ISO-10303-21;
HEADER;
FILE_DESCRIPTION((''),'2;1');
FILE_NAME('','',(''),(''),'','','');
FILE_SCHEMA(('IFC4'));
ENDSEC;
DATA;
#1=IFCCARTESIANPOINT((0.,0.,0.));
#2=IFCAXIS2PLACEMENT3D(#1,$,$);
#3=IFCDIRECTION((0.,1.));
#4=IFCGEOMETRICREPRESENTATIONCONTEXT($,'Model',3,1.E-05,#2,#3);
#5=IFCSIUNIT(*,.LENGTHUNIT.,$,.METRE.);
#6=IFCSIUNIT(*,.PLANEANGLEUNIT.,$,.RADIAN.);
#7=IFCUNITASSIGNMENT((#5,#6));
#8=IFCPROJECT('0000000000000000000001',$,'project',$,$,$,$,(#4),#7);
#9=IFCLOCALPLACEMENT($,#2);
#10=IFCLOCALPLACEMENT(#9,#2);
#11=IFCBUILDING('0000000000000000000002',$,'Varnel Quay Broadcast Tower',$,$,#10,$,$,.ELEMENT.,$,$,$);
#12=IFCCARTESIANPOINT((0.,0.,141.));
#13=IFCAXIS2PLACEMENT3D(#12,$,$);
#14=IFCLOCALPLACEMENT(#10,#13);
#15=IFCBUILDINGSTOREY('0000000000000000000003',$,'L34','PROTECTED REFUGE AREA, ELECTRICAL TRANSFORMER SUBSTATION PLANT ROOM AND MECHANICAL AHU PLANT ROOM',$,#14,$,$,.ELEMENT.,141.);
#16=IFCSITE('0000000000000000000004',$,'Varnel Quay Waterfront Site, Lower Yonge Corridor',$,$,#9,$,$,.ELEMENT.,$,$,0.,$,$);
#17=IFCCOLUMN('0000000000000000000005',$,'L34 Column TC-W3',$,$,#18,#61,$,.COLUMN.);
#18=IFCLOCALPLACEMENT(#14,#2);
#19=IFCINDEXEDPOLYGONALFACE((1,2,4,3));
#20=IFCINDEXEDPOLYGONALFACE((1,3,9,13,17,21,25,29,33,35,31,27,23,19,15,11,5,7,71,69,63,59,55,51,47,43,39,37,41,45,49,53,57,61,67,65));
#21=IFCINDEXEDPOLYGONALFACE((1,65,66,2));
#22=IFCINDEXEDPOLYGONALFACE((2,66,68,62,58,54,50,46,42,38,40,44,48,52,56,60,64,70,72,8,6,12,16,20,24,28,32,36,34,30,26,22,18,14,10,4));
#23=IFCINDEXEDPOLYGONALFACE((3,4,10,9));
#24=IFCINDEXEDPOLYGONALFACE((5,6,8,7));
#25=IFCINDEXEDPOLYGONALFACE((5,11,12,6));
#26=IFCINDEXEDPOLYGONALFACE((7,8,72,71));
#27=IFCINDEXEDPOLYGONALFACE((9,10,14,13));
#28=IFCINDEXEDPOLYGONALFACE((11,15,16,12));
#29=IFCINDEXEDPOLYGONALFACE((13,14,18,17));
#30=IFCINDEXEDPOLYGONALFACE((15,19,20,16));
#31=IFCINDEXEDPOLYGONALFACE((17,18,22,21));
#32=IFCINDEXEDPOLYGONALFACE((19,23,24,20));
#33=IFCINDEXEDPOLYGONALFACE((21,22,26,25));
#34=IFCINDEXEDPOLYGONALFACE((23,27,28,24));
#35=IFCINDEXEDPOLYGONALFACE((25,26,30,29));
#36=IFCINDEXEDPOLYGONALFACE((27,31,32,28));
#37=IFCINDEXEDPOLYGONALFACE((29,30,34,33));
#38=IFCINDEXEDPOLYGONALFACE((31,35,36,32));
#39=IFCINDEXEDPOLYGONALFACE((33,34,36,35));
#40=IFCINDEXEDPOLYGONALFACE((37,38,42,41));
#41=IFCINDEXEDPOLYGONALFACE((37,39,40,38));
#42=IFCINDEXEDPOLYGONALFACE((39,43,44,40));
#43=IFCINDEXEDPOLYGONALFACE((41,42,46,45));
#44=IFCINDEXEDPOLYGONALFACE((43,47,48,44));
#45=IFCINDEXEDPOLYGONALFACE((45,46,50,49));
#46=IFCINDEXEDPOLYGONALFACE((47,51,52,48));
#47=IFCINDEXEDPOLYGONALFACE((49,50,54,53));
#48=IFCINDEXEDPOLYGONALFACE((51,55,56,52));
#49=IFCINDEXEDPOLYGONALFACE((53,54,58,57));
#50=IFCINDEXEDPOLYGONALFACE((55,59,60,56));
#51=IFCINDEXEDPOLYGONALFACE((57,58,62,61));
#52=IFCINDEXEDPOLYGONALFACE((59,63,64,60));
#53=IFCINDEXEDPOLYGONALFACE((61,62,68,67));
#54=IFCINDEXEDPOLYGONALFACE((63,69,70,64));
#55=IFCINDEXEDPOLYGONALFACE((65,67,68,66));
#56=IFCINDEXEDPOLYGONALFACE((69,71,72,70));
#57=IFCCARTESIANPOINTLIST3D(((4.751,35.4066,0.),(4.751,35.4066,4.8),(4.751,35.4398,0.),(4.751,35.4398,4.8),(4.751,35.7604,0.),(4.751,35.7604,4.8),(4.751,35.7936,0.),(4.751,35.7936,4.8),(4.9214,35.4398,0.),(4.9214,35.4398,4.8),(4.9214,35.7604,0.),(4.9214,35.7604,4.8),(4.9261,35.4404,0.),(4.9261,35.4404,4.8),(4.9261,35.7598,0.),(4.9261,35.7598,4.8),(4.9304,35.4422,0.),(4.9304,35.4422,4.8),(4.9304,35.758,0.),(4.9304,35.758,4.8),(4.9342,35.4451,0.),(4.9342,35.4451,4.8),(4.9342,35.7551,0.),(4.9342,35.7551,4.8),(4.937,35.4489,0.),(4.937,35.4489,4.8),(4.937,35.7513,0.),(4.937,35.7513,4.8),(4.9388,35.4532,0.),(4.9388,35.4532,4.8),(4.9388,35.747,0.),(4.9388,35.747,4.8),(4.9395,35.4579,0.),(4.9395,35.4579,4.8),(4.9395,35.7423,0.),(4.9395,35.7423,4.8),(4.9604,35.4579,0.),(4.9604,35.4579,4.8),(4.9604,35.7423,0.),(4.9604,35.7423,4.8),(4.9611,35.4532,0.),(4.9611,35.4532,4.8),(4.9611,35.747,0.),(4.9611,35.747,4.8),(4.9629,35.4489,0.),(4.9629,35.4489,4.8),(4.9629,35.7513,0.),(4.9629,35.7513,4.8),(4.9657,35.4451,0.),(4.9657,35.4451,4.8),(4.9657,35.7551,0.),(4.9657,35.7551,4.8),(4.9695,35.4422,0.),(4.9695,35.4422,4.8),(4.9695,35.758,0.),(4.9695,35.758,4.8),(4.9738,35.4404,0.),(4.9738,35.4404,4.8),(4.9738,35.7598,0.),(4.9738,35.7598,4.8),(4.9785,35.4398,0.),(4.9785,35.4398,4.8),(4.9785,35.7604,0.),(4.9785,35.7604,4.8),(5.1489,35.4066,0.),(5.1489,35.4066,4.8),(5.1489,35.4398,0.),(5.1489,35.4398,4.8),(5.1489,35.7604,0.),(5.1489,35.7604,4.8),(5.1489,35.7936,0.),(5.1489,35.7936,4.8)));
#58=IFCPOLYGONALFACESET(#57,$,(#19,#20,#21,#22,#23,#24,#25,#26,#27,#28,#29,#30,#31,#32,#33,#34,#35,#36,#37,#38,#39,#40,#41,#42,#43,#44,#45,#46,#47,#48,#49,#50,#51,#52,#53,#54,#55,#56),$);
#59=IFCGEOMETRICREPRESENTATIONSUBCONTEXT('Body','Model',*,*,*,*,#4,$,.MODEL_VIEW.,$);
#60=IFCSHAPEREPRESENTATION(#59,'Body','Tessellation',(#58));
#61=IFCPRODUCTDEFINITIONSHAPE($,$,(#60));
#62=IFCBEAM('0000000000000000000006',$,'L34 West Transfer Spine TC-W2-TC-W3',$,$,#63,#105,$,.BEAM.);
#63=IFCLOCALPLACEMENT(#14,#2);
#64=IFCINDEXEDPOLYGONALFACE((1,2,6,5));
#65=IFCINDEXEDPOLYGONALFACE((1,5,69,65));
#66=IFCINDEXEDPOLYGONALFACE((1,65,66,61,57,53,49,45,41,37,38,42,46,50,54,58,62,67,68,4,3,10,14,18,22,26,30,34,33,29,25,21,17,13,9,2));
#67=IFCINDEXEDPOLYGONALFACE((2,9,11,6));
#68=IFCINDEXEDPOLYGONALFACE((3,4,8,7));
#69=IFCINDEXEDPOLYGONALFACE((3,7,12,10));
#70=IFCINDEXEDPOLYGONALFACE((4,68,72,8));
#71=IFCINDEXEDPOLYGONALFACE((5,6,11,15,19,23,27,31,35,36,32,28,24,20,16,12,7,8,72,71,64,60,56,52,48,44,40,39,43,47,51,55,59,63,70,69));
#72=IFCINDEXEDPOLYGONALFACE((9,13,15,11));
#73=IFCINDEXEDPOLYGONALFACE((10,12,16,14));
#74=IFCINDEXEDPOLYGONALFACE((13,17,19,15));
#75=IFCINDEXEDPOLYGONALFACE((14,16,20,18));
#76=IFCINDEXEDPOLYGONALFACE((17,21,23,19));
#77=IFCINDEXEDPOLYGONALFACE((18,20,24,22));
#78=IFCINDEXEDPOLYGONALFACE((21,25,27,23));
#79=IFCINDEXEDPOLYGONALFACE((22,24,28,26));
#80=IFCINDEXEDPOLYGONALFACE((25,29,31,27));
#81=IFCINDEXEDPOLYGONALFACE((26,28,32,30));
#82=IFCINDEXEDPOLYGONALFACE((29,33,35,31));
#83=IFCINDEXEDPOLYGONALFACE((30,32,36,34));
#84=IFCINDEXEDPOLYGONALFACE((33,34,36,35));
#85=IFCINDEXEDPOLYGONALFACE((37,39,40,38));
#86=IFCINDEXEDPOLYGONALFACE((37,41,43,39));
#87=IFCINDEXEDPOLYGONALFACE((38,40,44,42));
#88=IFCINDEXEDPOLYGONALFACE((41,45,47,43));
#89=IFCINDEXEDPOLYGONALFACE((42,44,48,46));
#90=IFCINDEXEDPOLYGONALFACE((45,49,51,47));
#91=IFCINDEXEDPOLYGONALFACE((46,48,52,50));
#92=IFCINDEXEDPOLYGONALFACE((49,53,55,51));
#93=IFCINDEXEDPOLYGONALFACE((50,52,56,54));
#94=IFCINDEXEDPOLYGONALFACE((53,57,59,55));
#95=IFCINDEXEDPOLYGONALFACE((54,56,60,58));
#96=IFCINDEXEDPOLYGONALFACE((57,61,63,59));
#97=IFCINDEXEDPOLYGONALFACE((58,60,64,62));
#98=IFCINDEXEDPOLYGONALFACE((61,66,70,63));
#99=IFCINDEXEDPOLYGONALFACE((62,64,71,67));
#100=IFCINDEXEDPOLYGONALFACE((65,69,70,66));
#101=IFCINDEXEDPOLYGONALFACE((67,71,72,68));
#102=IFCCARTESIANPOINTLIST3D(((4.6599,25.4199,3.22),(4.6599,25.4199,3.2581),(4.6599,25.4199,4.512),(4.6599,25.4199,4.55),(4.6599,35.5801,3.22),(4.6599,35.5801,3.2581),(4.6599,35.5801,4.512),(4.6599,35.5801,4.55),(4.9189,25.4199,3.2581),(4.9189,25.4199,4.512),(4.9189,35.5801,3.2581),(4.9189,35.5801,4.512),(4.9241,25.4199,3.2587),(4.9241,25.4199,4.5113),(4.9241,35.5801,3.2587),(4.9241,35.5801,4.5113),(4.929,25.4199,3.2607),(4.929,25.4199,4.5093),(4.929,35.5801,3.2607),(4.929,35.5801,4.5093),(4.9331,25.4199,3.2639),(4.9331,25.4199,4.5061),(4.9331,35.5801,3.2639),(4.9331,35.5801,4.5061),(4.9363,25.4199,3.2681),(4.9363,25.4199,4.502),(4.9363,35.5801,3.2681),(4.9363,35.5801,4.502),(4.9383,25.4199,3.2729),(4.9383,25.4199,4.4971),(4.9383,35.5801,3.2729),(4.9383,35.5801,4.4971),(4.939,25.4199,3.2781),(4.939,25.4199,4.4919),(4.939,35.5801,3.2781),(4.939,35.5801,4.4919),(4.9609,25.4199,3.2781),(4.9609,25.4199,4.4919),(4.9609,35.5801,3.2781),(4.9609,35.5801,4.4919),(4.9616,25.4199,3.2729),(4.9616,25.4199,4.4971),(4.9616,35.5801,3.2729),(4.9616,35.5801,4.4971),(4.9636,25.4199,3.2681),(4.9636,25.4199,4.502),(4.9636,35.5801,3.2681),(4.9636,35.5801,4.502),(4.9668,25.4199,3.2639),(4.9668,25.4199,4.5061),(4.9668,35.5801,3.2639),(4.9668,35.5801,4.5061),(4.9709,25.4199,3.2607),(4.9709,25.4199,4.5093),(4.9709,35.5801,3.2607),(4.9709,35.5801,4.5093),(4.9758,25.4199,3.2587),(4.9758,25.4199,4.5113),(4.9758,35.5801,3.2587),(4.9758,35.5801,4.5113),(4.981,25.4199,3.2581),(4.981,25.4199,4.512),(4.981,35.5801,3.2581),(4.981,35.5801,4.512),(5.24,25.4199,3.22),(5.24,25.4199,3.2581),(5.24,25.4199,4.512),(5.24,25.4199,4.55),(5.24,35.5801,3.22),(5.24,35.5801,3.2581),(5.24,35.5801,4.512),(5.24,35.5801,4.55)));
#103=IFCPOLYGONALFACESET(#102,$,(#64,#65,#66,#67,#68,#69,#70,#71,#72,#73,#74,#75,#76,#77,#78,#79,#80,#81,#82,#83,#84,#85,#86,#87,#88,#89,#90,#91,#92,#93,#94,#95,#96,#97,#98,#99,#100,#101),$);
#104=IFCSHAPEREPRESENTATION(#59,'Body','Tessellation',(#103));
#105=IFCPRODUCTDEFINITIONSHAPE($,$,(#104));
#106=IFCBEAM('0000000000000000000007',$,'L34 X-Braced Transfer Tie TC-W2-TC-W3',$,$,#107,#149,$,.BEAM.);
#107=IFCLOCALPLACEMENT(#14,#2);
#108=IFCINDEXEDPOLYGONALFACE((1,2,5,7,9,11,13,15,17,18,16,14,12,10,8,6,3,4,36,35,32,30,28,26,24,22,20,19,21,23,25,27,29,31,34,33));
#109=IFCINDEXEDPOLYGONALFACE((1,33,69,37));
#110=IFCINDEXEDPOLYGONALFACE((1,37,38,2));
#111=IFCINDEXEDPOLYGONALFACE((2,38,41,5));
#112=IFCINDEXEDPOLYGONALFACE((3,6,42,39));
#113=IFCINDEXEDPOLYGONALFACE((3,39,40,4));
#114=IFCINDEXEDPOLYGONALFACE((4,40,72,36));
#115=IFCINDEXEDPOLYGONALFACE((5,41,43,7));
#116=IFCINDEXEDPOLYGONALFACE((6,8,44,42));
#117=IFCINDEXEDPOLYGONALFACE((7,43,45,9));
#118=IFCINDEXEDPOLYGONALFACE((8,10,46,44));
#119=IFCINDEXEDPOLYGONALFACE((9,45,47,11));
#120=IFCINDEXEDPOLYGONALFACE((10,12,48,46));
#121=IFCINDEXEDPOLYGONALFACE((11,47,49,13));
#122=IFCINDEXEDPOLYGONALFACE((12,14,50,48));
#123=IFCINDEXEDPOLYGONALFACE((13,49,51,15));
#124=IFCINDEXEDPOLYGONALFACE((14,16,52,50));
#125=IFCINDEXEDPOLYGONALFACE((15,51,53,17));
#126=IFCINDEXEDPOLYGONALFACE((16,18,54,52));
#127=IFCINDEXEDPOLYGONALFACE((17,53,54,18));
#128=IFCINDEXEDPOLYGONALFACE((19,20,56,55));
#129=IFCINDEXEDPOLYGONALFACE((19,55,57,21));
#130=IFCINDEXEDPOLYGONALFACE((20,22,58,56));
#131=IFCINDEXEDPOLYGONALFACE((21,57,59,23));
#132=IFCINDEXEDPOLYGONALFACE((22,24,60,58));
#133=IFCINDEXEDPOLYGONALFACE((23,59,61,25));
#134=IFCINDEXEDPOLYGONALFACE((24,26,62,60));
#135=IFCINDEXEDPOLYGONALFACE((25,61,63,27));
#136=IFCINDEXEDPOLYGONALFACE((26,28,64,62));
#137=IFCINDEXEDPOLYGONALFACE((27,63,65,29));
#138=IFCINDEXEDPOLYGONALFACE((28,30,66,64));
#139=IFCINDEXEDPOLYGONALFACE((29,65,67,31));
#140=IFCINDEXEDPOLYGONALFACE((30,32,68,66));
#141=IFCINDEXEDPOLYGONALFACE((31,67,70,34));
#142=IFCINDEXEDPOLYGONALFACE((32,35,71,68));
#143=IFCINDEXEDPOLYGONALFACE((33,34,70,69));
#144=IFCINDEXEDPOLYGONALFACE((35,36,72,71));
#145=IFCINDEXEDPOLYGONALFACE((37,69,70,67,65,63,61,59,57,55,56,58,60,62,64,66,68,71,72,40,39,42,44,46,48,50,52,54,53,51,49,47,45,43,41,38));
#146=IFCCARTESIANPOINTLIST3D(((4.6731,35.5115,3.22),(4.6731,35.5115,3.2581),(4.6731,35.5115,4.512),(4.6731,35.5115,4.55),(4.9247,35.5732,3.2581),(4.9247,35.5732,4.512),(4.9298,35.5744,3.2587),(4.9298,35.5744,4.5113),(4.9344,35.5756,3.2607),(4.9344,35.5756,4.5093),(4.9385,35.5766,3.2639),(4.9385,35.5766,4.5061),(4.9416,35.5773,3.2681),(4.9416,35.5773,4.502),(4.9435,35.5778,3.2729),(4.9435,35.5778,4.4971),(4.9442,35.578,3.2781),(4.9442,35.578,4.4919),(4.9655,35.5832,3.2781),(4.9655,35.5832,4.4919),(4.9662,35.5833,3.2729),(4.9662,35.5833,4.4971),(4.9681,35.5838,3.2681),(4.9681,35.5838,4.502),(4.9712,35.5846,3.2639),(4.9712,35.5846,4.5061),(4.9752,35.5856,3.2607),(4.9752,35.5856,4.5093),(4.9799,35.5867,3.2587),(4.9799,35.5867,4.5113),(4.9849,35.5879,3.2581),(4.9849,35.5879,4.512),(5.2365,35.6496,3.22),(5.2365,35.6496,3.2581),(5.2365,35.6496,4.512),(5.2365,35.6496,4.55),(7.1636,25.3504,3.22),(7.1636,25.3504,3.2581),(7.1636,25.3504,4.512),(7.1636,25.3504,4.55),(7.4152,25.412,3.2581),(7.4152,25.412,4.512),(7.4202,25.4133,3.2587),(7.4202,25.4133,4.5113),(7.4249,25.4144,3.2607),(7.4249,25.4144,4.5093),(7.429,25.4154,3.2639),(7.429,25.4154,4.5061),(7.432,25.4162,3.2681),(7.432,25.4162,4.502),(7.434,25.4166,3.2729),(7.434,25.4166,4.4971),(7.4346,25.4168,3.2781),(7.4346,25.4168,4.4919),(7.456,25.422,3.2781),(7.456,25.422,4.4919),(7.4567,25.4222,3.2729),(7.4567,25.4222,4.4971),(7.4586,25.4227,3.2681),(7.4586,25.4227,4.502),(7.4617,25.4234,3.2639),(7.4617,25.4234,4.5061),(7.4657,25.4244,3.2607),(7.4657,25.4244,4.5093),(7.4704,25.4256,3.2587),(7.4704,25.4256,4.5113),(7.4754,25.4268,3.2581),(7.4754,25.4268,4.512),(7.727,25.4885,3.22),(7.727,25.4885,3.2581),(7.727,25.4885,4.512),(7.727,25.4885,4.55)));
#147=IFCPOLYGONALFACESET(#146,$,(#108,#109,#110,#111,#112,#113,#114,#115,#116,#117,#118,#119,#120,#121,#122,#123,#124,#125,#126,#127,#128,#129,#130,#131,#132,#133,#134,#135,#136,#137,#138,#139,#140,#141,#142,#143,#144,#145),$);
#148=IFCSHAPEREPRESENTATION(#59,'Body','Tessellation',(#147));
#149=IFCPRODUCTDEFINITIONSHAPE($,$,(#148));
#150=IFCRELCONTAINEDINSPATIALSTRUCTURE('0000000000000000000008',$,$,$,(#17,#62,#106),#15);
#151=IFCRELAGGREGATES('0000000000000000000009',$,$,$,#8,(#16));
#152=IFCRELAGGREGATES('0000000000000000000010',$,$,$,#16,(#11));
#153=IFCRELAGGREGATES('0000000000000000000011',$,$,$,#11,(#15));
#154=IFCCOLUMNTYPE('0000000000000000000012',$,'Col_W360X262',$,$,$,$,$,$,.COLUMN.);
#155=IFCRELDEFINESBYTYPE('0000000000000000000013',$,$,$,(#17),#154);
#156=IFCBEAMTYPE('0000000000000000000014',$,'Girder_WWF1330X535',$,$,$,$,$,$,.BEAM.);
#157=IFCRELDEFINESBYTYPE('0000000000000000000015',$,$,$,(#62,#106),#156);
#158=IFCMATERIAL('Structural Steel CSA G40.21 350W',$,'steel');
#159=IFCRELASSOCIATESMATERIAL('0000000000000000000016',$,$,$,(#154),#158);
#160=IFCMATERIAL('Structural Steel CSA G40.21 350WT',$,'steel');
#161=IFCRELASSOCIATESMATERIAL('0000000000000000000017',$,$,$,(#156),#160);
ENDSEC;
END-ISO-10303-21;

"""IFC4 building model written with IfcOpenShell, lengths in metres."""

from ifc_helpers import new_model, si_unit, direction, frame, origin, origin_2d, place, context, subcontext, project, spatial, i_section, extrude, source, transform, mapped, material, material_profile, profile_set, type_object, type_shapes, element, save


model = new_model("IFC4")

# Units and contexts
model_context = context("Model", 3, precision=1e-05, world=origin(), true_north=direction((0.0, 1.0)))
body_context = subcontext(model_context, "Body", "Model", "MODEL_VIEW")
ifc_project = project(units=[si_unit("LENGTHUNIT", "METRE"), si_unit("PLANEANGLEUNIT", "RADIAN")], contexts=[model_context])

# Site, building, storey
site_placement = place(None, origin())
site = spatial("IfcSite", under=ifc_project, at=site_placement, Name="Varnel Quay Waterfront Site, Lower Yonge Corridor", CompositionType="ELEMENT", RefElevation=0.0)
building_placement = place(site_placement, origin())
building = spatial("IfcBuilding", under=site, at=building_placement, Name="Varnel Quay Broadcast Tower", CompositionType="ELEMENT")
storey_placement = place(building_placement, frame((0.0, 0.0, 141.0)))
storey = spatial("IfcBuildingStorey", under=building, at=storey_placement, Name="L34", Description="PROTECTED REFUGE AREA, ELECTRICAL TRANSFORMER SUBSTATION PLANT ROOM AND MECHANICAL AHU PLANT ROOM", CompositionType="ELEMENT", Elevation=141.0)

# Column
ifc_material_1 = material(Name="Structural Steel CSA G40.21 350W", Category="steel")
ifc_material_profile_1 = material_profile(ifc_material_1, i_section(OverallWidth=0.3979, OverallDepth=0.387, WebThickness=0.021, FlangeThickness=0.0332, FilletRadius=0.0181, at=origin_2d()), Name="W360X262")
ifc_profile_set_1 = profile_set([ifc_material_profile_1], Name="Structural Steel CSA G40.21 350W")
column_type = type_object("IfcColumnType", Name="Col_W360X262", PredefinedType="COLUMN", material=ifc_profile_set_1)
shared_shape_1 = source(origin(), body_context, "Body", "SweptSolid", [
    extrude(i_section(OverallWidth=0.3979, OverallDepth=0.387, WebThickness=0.021, FlangeThickness=0.0332, FilletRadius=0.0181, at=origin_2d()), origin(), (0.0, 0.0, 1.0), 4.8),
])
type_shapes(column_type, [shared_shape_1])
column_placement = place(storey_placement, frame((4.95, 35.6001, 0.0), z_axis=(0.0, 0.0, 1.0), x_axis=(1.0, 0.0, 0.0)))
element("IfcColumn", 1, at=column_placement, inside=storey, type_object=column_type, Name="L34 Column TC-W3", PredefinedType="COLUMN", context=body_context, shape_type="MappedRepresentation", body=[
    mapped(shared_shape_1, transform((0.0, 0.0, 0.0), x_axis=(1.0, 0.0, 0.0), y_axis=(0.0, 1.0, 0.0), z_axis=(0.0, 0.0, 1.0), scale=1.0)),
])

# Beams
ifc_material_2 = material(Name="Structural Steel CSA G40.21 350WT", Category="steel")
ifc_material_profile_2 = material_profile(ifc_material_2, i_section(OverallWidth=0.5801, OverallDepth=1.3301, WebThickness=0.022, FlangeThickness=0.0381, FilletRadius=0.02, at=origin_2d()), Name="WWF1330X535")
ifc_profile_set_2 = profile_set([ifc_material_profile_2], Name="Structural Steel CSA G40.21 350WT")
beam_type_1 = type_object("IfcBeamType", Name="Girder_WWF1330X535", PredefinedType="BEAM", material=ifc_profile_set_2)
shared_shape_2 = source(origin(), body_context, "Body", "SweptSolid", [
    extrude(i_section(OverallWidth=0.5801, OverallDepth=1.3301, WebThickness=0.022, FlangeThickness=0.0381, FilletRadius=0.02, at=origin_2d()), origin(), (0.0, 0.0, 1.0), 10.1602),
])
beam_1_placement = place(storey_placement, frame((4.95, 25.4199, 3.885), z_axis=(0.0, 1.0, 0.0), x_axis=(-1.0, 0.0, 0.0)))
element("IfcBeam", 2, at=beam_1_placement, inside=storey, type_object=beam_type_1, Name="L34 West Transfer Spine TC-W2-TC-W3", PredefinedType="BEAM", context=body_context, shape_type="MappedRepresentation", body=[
    mapped(shared_shape_2, transform((0.0, 0.0, 0.0), x_axis=(1.0, 0.0, 0.0), y_axis=(0.0, 1.0, 0.0), z_axis=(0.0, 0.0, 1.0), scale=1.0)),
])
shared_shape_3 = source(origin(), body_context, "Body", "SweptSolid", [
    extrude(i_section(OverallWidth=0.5801, OverallDepth=1.3301, WebThickness=0.022, FlangeThickness=0.0381, FilletRadius=0.02, at=origin_2d()), origin(), (0.0, 0.0, 1.0), 10.4619),
])
beam_2_placement = place(storey_placement, frame((4.9548, 35.5806, 3.885), z_axis=(0.238052, -0.971252, 0.0), x_axis=(0.971252, 0.238052, 0.0)))
element("IfcBeam", 3, at=beam_2_placement, inside=storey, type_object=beam_type_1, Name="L34 X-Braced Transfer Tie TC-W2-TC-W3", PredefinedType="BEAM", context=body_context, shape_type="MappedRepresentation", body=[
    mapped(shared_shape_3, transform((0.0, 0.0, 0.0), x_axis=(1.0, 0.0, 0.0), y_axis=(0.0, 1.0, 0.0), z_axis=(0.0, 0.0, 1.0), scale=1.0)),
])

save(model, "model.ifc")
